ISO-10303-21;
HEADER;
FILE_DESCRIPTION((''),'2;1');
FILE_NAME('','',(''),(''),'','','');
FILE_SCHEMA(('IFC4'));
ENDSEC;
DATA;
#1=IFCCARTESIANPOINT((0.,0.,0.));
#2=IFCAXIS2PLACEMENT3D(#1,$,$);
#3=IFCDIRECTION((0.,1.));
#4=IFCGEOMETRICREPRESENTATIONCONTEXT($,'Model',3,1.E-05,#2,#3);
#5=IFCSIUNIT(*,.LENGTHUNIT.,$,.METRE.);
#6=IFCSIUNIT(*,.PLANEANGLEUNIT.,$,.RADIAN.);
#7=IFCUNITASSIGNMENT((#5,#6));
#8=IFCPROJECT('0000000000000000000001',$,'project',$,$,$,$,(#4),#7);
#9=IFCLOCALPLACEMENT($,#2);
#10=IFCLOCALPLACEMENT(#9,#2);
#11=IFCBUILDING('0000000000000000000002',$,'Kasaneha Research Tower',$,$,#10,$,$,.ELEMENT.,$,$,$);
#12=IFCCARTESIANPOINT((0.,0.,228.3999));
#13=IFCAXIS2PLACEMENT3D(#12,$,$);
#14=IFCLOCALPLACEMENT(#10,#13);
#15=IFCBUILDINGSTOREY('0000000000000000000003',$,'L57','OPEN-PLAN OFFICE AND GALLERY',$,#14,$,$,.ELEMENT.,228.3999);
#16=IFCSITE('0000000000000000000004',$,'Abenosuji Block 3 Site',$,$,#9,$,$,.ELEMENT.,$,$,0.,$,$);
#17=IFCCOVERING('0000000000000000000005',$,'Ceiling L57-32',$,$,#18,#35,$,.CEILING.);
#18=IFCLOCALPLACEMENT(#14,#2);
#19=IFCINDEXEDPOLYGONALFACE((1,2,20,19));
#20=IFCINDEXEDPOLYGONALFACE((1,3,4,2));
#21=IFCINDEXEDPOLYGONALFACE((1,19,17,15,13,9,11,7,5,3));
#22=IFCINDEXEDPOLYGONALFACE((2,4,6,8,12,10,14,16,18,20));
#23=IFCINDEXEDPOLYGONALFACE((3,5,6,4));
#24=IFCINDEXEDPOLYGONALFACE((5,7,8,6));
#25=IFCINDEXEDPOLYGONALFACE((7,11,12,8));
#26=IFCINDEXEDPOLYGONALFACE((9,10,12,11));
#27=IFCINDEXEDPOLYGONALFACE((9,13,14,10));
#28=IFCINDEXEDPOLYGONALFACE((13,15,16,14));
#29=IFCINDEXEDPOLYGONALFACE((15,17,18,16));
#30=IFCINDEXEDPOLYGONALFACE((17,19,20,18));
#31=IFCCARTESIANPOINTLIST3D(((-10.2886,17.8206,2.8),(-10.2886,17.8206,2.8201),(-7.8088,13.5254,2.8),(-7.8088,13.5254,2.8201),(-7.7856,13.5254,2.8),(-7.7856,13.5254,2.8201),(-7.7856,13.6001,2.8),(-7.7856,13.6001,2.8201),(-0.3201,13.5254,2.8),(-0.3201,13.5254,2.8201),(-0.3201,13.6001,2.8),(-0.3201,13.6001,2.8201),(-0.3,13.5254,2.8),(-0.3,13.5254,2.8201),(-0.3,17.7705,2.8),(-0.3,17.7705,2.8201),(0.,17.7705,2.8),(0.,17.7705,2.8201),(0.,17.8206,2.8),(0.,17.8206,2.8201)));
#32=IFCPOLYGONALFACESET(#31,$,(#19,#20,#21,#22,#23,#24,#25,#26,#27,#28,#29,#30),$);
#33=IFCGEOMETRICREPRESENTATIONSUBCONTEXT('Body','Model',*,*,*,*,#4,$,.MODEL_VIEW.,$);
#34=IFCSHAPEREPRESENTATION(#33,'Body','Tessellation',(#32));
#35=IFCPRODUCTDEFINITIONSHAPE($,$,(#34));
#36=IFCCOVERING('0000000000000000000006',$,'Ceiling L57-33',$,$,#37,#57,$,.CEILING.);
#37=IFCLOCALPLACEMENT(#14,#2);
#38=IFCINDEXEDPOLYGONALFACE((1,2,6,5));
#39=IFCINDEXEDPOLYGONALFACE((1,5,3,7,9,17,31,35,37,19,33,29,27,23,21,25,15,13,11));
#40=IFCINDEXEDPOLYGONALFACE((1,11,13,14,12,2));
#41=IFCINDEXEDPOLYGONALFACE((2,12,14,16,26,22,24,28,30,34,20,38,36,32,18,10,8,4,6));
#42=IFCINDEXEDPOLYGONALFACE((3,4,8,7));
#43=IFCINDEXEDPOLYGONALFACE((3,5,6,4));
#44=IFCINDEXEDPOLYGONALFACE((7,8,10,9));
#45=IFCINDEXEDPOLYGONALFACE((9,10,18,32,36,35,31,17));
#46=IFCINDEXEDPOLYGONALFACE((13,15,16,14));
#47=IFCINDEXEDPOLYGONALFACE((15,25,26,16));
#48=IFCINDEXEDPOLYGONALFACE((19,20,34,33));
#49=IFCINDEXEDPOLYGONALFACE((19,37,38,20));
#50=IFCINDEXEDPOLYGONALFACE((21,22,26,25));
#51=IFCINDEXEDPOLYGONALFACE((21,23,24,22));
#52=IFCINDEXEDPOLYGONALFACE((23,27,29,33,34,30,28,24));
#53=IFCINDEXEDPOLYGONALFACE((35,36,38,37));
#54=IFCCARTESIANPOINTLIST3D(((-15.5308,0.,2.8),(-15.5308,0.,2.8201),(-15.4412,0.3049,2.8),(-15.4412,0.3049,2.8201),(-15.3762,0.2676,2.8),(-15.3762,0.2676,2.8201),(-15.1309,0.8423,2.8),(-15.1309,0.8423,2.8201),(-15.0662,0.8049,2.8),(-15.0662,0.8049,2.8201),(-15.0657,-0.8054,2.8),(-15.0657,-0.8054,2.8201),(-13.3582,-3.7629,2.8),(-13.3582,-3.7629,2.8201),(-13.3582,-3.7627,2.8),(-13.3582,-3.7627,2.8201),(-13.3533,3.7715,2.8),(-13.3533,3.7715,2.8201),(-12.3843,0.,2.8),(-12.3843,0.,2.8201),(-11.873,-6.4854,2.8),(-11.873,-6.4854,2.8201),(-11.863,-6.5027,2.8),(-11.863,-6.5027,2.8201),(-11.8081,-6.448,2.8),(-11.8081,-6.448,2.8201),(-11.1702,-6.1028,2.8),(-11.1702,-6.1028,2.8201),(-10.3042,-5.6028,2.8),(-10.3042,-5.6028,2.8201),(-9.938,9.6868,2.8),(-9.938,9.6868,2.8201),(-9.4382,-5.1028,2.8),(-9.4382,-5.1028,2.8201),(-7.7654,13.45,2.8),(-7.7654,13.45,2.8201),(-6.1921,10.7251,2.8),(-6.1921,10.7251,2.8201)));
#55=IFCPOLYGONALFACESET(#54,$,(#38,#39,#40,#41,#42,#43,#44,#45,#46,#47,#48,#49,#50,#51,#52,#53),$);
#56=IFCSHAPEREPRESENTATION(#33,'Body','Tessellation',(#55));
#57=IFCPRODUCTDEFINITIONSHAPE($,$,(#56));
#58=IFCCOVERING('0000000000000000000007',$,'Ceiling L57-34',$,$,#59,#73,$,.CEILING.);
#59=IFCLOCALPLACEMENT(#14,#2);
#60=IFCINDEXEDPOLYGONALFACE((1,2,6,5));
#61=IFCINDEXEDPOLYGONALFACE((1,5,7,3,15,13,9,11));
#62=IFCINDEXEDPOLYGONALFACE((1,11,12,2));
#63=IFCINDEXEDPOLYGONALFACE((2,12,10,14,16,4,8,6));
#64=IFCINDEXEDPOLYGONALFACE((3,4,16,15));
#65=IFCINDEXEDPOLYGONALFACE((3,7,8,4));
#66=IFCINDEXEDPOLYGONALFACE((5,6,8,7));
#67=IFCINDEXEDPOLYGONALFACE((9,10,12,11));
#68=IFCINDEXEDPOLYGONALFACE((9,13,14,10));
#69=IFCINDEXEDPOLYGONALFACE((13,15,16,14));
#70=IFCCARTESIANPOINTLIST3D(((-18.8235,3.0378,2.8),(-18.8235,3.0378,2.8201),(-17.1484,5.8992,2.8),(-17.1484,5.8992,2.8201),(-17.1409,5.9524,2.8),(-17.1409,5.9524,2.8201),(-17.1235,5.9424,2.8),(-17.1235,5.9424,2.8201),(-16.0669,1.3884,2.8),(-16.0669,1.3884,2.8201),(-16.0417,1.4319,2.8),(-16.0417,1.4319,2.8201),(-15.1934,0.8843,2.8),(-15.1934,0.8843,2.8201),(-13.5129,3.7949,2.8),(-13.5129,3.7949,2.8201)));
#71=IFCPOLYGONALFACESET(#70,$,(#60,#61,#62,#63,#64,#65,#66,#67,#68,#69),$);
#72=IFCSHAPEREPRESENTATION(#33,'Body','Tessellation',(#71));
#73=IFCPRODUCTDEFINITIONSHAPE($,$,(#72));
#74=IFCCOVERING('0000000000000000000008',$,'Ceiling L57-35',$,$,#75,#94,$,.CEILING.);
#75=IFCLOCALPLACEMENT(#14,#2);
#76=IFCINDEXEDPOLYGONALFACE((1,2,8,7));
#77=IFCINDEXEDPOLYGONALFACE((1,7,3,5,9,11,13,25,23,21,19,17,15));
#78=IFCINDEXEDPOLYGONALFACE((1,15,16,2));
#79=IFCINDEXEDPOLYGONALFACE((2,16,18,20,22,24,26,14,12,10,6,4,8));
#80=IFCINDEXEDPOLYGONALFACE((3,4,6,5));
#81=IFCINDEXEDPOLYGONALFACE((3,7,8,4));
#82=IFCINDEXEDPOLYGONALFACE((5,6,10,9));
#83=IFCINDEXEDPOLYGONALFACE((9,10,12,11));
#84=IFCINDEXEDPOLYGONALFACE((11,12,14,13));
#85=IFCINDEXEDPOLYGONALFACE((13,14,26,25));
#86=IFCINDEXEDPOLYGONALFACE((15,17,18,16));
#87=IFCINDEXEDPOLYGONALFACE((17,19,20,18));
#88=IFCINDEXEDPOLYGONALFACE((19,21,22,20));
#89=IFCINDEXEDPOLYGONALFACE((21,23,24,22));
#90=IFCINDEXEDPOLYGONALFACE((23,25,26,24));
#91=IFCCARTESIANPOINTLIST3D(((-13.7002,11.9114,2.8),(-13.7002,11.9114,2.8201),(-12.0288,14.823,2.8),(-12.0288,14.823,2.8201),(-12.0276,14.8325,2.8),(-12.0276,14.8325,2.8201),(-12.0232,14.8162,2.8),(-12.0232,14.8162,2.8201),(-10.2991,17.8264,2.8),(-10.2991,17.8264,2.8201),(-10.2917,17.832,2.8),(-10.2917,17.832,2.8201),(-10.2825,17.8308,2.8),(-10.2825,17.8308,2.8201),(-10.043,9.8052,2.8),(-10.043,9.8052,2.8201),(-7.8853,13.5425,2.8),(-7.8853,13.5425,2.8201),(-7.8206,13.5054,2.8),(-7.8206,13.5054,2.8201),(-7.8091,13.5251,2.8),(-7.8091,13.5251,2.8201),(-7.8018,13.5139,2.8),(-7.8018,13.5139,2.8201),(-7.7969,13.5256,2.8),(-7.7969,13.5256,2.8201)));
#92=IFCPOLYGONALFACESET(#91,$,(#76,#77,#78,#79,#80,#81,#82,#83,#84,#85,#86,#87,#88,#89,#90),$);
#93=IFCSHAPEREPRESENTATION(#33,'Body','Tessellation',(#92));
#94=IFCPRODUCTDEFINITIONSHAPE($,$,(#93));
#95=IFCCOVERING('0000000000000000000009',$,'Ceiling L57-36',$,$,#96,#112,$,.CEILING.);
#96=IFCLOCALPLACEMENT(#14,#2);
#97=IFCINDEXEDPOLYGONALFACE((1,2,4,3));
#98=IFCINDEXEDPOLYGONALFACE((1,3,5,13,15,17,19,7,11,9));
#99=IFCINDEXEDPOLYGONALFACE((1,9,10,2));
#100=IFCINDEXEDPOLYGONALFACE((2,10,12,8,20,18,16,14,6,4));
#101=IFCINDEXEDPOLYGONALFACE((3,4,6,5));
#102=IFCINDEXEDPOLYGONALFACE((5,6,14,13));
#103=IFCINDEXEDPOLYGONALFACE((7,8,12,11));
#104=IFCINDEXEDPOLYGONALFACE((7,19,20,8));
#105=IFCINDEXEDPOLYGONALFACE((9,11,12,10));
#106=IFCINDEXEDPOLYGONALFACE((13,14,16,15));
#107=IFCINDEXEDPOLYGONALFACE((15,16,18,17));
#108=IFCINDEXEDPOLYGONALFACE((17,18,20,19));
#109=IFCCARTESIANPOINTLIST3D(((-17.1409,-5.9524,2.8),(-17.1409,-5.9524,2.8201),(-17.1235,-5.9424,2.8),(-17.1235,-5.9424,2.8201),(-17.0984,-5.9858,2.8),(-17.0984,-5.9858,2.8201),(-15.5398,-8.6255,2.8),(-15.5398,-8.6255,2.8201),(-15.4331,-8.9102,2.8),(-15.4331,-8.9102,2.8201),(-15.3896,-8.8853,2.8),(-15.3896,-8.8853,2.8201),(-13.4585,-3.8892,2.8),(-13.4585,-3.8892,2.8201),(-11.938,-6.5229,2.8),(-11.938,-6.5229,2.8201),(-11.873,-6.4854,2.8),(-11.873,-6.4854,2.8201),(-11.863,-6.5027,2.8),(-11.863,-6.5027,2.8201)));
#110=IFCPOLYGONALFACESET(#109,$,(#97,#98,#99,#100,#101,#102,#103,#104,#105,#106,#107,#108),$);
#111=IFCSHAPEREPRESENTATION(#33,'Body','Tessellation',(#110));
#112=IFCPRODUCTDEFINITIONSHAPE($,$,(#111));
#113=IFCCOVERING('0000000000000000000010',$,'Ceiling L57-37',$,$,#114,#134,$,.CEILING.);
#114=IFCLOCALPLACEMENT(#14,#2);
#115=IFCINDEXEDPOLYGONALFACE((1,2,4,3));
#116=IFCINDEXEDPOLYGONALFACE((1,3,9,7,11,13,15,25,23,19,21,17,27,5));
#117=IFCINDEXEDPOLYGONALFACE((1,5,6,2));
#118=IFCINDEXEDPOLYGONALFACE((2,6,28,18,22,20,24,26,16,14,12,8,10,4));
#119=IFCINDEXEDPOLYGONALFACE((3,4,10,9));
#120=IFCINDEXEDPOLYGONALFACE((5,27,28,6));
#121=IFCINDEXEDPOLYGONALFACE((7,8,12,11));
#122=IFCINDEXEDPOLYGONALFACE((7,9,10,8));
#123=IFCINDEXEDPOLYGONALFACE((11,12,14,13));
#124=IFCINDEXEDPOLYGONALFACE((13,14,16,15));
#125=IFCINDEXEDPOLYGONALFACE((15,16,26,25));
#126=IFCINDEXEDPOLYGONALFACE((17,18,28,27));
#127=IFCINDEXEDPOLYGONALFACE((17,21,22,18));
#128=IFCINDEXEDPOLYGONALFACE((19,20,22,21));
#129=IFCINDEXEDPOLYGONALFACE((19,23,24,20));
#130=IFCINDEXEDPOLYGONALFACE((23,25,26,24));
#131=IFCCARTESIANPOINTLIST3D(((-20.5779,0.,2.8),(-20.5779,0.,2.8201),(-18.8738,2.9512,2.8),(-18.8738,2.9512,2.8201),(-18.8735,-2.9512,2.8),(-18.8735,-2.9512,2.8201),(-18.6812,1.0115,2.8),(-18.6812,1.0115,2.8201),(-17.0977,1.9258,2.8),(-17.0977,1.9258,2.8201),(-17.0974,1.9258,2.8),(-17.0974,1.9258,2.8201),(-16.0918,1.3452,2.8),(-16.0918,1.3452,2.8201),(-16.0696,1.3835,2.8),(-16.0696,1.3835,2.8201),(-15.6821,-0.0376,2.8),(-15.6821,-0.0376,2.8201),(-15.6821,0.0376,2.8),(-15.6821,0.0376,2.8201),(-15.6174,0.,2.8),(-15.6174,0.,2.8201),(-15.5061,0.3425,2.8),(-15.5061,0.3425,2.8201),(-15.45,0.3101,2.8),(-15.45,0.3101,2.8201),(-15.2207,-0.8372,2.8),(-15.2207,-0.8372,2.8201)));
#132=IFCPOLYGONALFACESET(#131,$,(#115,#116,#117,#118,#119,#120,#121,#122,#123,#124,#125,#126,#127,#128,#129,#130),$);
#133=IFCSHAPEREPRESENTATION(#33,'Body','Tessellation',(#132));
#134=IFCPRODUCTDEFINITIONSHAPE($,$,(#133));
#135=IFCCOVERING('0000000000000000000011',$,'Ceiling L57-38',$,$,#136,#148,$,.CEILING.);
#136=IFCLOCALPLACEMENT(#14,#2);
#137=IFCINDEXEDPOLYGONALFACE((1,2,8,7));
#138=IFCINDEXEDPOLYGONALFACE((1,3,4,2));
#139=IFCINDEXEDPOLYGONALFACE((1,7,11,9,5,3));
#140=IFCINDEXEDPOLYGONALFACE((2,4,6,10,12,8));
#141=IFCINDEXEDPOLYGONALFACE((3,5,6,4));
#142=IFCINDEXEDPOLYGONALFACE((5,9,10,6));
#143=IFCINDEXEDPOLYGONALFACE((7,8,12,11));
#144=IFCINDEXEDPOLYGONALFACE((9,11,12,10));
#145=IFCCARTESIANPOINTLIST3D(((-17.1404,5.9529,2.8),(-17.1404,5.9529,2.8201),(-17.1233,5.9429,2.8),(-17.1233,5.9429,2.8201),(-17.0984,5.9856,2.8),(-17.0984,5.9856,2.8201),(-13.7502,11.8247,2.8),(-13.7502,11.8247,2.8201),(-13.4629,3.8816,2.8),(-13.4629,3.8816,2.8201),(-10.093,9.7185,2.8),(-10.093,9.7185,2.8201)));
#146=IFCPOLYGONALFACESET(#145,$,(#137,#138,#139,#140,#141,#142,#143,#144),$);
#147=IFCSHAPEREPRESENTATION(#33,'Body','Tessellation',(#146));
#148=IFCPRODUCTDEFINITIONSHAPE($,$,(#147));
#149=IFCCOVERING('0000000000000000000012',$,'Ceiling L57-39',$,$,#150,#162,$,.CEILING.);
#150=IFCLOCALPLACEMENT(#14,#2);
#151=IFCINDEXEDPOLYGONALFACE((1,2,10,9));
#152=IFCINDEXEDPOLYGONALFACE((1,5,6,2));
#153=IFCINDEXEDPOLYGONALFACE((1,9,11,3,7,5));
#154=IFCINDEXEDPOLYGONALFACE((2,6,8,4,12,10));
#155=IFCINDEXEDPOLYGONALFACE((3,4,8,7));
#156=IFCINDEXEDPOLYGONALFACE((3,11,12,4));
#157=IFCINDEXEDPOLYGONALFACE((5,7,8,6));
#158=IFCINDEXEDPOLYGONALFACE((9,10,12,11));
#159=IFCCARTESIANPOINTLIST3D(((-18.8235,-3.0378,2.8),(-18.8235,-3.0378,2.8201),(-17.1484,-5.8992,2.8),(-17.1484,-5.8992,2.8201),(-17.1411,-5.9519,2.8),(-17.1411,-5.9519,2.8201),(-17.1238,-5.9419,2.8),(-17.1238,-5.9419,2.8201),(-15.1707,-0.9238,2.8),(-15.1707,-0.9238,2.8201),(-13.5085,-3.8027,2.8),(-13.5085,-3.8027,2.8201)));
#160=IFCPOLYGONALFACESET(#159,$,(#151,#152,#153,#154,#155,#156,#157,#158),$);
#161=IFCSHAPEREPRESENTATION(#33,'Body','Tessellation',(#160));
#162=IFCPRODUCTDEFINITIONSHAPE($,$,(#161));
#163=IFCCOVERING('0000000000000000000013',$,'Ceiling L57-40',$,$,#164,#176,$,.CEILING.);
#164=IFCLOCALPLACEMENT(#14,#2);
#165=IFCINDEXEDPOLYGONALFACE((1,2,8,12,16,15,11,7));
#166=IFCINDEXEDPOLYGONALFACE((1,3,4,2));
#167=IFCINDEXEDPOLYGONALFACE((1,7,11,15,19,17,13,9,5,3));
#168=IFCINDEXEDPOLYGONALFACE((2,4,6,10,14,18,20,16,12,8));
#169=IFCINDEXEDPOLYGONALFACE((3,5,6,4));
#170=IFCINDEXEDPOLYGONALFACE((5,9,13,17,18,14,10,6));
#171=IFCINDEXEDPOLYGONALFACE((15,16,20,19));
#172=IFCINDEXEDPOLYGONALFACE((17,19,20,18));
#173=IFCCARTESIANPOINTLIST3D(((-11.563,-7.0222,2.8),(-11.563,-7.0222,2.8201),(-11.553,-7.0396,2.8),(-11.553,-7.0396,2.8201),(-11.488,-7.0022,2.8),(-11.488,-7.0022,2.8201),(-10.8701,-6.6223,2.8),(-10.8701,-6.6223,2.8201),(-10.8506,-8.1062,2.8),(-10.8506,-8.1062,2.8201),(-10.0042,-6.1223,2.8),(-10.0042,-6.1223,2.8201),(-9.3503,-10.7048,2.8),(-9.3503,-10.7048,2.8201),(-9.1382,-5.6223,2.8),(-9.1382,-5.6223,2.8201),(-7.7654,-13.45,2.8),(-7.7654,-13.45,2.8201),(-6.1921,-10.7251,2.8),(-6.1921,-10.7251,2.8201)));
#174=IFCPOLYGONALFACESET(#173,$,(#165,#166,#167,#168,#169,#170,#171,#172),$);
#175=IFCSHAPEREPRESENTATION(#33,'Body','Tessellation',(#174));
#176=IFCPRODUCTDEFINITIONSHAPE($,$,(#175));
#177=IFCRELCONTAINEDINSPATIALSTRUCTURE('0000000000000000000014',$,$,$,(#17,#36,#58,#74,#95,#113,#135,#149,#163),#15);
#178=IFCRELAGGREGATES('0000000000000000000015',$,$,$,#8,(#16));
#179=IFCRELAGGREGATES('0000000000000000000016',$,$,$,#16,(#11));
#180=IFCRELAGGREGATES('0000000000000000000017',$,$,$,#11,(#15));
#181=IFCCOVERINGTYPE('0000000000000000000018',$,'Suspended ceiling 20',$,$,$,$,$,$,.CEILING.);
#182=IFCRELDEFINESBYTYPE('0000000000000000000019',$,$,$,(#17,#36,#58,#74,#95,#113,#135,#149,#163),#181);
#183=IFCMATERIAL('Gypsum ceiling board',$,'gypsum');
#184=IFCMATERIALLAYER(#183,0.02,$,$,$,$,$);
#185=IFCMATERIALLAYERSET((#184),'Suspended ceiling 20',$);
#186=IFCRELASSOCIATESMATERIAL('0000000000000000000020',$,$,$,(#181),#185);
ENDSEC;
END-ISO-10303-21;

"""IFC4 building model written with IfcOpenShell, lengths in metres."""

from ifc_helpers import new_model, si_unit, direction, frame, origin, place, context, subcontext, project, spatial, polyline, outline, extrude, material, layer, layer_set, type_object, element, save


model = new_model("IFC4")

# Units and contexts
model_context = context("Model", 3, precision=1e-05, world=origin(), true_north=direction((0.0, 1.0)))
body_context = subcontext(model_context, "Body", "Model", "MODEL_VIEW")
ifc_project = project(units=[si_unit("LENGTHUNIT", "METRE"), si_unit("PLANEANGLEUNIT", "RADIAN")], contexts=[model_context])

# Site, building, storey
site_placement = place(None, origin())
site = spatial("IfcSite", under=ifc_project, at=site_placement, Name="Abenosuji Block 3 Site", CompositionType="ELEMENT", RefElevation=0.0)
building_placement = place(site_placement, origin())
building = spatial("IfcBuilding", under=site, at=building_placement, Name="Kasaneha Research Tower", CompositionType="ELEMENT")
storey_placement = place(building_placement, frame((0.0, 0.0, 228.3999)))
storey = spatial("IfcBuildingStorey", under=building, at=storey_placement, Name="L57", Description="OPEN-PLAN OFFICE AND GALLERY", CompositionType="ELEMENT", Elevation=228.3999)

# Coverings
ifc_material_1 = material(Name="Gypsum ceiling board", Category="gypsum")
ifc_layer_1 = layer(ifc_material_1, 0.02)
ifc_layer_set_1 = layer_set([ifc_layer_1], Name="Suspended ceiling 20")
covering_type_1 = type_object("IfcCoveringType", Name="Suspended ceiling 20", PredefinedType="CEILING", material=ifc_layer_set_1)
covering_1_placement = place(storey_placement, frame((0.0, 0.0, 2.8)))
element("IfcCovering", 1, at=covering_1_placement, inside=storey, type_object=covering_type_1, Name="Ceiling L57-32", PredefinedType="CEILING", context=body_context, shape_type="SweptSolid", body=[
    extrude(outline(polyline([(-0.3201, 13.5254), (-0.3201, 13.6001), (-7.7856, 13.6001), (-7.7856, 13.5254), (-7.8088, 13.5254), (-10.2886, 17.8206), (0.0, 17.8206), (0.0, 17.7705), (-0.3, 17.7705), (-0.3, 17.7705), (-0.3, 13.5254), (-0.3201, 13.5254)])), origin(), (0.0, 0.0, 1.0), 0.02),
])
covering_2_placement = place(storey_placement, frame((0.0, 0.0, 2.8)))
element("IfcCovering", 2, at=covering_2_placement, inside=storey, type_object=covering_type_1, Name="Ceiling L57-33", PredefinedType="CEILING", context=body_context, shape_type="SweptSolid", body=[
    extrude(outline(polyline([(-12.3843, 0.0), (-9.4382, -5.1028), (-10.3042, -5.6028), (-10.3042, -5.6028), (-11.1702, -6.1028), (-11.1702, -6.1028), (-11.863, -6.5027), (-11.873, -6.4854), (-11.8081, -6.448), (-13.3582, -3.7627), (-13.3582, -3.7629), (-15.0657, -0.8054), (-15.0657, -0.8054), (-15.5308, 0.0), (-15.3762, 0.2676), (-15.4412, 0.3049), (-15.1309, 0.8423), (-15.0662, 0.8049), (-13.3533, 3.7715), (-13.3533, 3.7715), (-9.938, 9.6868), (-9.938, 9.6868), (-7.7654, 13.45), (-6.1921, 10.7251), (-12.3843, 0.0)])), origin(), (0.0, 0.0, 1.0), 0.02),
])
covering_3_placement = place(storey_placement, frame((0.0, 0.0, 2.8)))
element("IfcCovering", 3, at=covering_3_placement, inside=storey, type_object=covering_type_1, Name="Ceiling L57-34", PredefinedType="CEILING", context=body_context, shape_type="SweptSolid", body=[
    extrude(outline(polyline([(-17.1235, 5.9424), (-17.1484, 5.8992), (-13.5129, 3.7949), (-15.1934, 0.8843), (-16.0669, 1.3884), (-16.0417, 1.4319), (-18.8235, 3.0378), (-17.1409, 5.9524), (-17.1235, 5.9424)])), origin(), (0.0, 0.0, 1.0), 0.02),
])
covering_4_placement = place(storey_placement, frame((0.0, 0.0, 2.8)))
element("IfcCovering", 4, at=covering_4_placement, inside=storey, type_object=covering_type_1, Name="Ceiling L57-35", PredefinedType="CEILING", context=body_context, shape_type="SweptSolid", body=[
    extrude(outline(polyline([(-12.0276, 14.8325), (-10.2991, 17.8264), (-10.2917, 17.832), (-10.2825, 17.8308), (-7.7969, 13.5256), (-7.8018, 13.5139), (-7.8091, 13.5251), (-7.8206, 13.5054), (-7.8853, 13.5425), (-10.043, 9.8052), (-13.7002, 11.9114), (-12.0232, 14.8162), (-12.0288, 14.823), (-12.0276, 14.8325)])), origin(), (0.0, 0.0, 1.0), 0.02),
])
covering_5_placement = place(storey_placement, frame((0.0, 0.0, 2.8)))
element("IfcCovering", 5, at=covering_5_placement, inside=storey, type_object=covering_type_1, Name="Ceiling L57-36", PredefinedType="CEILING", context=body_context, shape_type="SweptSolid", body=[
    extrude(outline(polyline([(-15.5398, -8.6255), (-15.5398, -8.6255), (-15.3896, -8.8853), (-15.4331, -8.9102), (-17.1409, -5.9524), (-17.1235, -5.9424), (-17.0984, -5.9858), (-13.4585, -3.8892), (-11.938, -6.5229), (-11.873, -6.4854), (-11.863, -6.5027), (-11.6033, -6.3528), (-15.5398, -8.6255), (-15.5398, -8.6255)])), origin(), (0.0, 0.0, 1.0), 0.02),
])
covering_6_placement = place(storey_placement, frame((0.0, 0.0, 2.8)))
element("IfcCovering", 6, at=covering_6_placement, inside=storey, type_object=covering_type_1, Name="Ceiling L57-37", PredefinedType="CEILING", context=body_context, shape_type="SweptSolid", body=[
    extrude(outline(polyline([(-20.5779, 0.0), (-18.8738, 2.9512), (-17.0977, 1.9258), (-18.6812, 1.0115), (-17.0974, 1.9258), (-16.0918, 1.3452), (-16.0696, 1.3835), (-15.45, 0.3101), (-15.5061, 0.3425), (-15.6821, 0.0376), (-15.6174, 0.0), (-15.6174, 0.0), (-15.6174, 0.0), (-15.6821, -0.0376), (-15.2207, -0.8372), (-18.8735, -2.9512), (-20.5779, 0.0)])), origin(), (0.0, 0.0, 1.0), 0.02),
])
covering_7_placement = place(storey_placement, frame((0.0, 0.0, 2.8)))
element("IfcCovering", 7, at=covering_7_placement, inside=storey, type_object=covering_type_1, Name="Ceiling L57-38", PredefinedType="CEILING", context=body_context, shape_type="SweptSolid", body=[
    extrude(outline(polyline([(-17.1404, 5.9529), (-13.7502, 11.8247), (-10.093, 9.7185), (-13.4629, 3.8816), (-17.0984, 5.9856), (-17.1233, 5.9429), (-17.1404, 5.9529)])), origin(), (0.0, 0.0, 1.0), 0.02),
])
covering_8_placement = place(storey_placement, frame((0.0, 0.0, 2.8)))
element("IfcCovering", 8, at=covering_8_placement, inside=storey, type_object=covering_type_1, Name="Ceiling L57-39", PredefinedType="CEILING", context=body_context, shape_type="SweptSolid", body=[
    extrude(outline(polyline([(-17.1411, -5.9519), (-18.8235, -3.0378), (-15.1707, -0.9238), (-13.5085, -3.8027), (-17.1484, -5.8992), (-17.1238, -5.9419), (-17.1411, -5.9519)])), origin(), (0.0, 0.0, 1.0), 0.02),
])
covering_9_placement = place(storey_placement, frame((0.0, 0.0, 2.8)))
element("IfcCovering", 9, at=covering_9_placement, inside=storey, type_object=covering_type_1, Name="Ceiling L57-40", PredefinedType="CEILING", context=body_context, shape_type="SweptSolid", body=[
    extrude(outline(polyline([(-10.8701, -6.6223), (-10.0042, -6.1223), (-10.0042, -6.1223), (-9.1382, -5.6223), (-6.1921, -10.7251), (-7.7654, -13.45), (-9.3503, -10.7048), (-9.3503, -10.7048), (-10.8506, -8.1062), (-10.8506, -8.1062), (-11.488, -7.0022), (-11.553, -7.0396), (-11.563, -7.0222), (-10.8701, -6.6223), (-10.8701, -6.6223)])), origin(), (0.0, 0.0, 1.0), 0.02),
])

save(model, "model.ifc")
